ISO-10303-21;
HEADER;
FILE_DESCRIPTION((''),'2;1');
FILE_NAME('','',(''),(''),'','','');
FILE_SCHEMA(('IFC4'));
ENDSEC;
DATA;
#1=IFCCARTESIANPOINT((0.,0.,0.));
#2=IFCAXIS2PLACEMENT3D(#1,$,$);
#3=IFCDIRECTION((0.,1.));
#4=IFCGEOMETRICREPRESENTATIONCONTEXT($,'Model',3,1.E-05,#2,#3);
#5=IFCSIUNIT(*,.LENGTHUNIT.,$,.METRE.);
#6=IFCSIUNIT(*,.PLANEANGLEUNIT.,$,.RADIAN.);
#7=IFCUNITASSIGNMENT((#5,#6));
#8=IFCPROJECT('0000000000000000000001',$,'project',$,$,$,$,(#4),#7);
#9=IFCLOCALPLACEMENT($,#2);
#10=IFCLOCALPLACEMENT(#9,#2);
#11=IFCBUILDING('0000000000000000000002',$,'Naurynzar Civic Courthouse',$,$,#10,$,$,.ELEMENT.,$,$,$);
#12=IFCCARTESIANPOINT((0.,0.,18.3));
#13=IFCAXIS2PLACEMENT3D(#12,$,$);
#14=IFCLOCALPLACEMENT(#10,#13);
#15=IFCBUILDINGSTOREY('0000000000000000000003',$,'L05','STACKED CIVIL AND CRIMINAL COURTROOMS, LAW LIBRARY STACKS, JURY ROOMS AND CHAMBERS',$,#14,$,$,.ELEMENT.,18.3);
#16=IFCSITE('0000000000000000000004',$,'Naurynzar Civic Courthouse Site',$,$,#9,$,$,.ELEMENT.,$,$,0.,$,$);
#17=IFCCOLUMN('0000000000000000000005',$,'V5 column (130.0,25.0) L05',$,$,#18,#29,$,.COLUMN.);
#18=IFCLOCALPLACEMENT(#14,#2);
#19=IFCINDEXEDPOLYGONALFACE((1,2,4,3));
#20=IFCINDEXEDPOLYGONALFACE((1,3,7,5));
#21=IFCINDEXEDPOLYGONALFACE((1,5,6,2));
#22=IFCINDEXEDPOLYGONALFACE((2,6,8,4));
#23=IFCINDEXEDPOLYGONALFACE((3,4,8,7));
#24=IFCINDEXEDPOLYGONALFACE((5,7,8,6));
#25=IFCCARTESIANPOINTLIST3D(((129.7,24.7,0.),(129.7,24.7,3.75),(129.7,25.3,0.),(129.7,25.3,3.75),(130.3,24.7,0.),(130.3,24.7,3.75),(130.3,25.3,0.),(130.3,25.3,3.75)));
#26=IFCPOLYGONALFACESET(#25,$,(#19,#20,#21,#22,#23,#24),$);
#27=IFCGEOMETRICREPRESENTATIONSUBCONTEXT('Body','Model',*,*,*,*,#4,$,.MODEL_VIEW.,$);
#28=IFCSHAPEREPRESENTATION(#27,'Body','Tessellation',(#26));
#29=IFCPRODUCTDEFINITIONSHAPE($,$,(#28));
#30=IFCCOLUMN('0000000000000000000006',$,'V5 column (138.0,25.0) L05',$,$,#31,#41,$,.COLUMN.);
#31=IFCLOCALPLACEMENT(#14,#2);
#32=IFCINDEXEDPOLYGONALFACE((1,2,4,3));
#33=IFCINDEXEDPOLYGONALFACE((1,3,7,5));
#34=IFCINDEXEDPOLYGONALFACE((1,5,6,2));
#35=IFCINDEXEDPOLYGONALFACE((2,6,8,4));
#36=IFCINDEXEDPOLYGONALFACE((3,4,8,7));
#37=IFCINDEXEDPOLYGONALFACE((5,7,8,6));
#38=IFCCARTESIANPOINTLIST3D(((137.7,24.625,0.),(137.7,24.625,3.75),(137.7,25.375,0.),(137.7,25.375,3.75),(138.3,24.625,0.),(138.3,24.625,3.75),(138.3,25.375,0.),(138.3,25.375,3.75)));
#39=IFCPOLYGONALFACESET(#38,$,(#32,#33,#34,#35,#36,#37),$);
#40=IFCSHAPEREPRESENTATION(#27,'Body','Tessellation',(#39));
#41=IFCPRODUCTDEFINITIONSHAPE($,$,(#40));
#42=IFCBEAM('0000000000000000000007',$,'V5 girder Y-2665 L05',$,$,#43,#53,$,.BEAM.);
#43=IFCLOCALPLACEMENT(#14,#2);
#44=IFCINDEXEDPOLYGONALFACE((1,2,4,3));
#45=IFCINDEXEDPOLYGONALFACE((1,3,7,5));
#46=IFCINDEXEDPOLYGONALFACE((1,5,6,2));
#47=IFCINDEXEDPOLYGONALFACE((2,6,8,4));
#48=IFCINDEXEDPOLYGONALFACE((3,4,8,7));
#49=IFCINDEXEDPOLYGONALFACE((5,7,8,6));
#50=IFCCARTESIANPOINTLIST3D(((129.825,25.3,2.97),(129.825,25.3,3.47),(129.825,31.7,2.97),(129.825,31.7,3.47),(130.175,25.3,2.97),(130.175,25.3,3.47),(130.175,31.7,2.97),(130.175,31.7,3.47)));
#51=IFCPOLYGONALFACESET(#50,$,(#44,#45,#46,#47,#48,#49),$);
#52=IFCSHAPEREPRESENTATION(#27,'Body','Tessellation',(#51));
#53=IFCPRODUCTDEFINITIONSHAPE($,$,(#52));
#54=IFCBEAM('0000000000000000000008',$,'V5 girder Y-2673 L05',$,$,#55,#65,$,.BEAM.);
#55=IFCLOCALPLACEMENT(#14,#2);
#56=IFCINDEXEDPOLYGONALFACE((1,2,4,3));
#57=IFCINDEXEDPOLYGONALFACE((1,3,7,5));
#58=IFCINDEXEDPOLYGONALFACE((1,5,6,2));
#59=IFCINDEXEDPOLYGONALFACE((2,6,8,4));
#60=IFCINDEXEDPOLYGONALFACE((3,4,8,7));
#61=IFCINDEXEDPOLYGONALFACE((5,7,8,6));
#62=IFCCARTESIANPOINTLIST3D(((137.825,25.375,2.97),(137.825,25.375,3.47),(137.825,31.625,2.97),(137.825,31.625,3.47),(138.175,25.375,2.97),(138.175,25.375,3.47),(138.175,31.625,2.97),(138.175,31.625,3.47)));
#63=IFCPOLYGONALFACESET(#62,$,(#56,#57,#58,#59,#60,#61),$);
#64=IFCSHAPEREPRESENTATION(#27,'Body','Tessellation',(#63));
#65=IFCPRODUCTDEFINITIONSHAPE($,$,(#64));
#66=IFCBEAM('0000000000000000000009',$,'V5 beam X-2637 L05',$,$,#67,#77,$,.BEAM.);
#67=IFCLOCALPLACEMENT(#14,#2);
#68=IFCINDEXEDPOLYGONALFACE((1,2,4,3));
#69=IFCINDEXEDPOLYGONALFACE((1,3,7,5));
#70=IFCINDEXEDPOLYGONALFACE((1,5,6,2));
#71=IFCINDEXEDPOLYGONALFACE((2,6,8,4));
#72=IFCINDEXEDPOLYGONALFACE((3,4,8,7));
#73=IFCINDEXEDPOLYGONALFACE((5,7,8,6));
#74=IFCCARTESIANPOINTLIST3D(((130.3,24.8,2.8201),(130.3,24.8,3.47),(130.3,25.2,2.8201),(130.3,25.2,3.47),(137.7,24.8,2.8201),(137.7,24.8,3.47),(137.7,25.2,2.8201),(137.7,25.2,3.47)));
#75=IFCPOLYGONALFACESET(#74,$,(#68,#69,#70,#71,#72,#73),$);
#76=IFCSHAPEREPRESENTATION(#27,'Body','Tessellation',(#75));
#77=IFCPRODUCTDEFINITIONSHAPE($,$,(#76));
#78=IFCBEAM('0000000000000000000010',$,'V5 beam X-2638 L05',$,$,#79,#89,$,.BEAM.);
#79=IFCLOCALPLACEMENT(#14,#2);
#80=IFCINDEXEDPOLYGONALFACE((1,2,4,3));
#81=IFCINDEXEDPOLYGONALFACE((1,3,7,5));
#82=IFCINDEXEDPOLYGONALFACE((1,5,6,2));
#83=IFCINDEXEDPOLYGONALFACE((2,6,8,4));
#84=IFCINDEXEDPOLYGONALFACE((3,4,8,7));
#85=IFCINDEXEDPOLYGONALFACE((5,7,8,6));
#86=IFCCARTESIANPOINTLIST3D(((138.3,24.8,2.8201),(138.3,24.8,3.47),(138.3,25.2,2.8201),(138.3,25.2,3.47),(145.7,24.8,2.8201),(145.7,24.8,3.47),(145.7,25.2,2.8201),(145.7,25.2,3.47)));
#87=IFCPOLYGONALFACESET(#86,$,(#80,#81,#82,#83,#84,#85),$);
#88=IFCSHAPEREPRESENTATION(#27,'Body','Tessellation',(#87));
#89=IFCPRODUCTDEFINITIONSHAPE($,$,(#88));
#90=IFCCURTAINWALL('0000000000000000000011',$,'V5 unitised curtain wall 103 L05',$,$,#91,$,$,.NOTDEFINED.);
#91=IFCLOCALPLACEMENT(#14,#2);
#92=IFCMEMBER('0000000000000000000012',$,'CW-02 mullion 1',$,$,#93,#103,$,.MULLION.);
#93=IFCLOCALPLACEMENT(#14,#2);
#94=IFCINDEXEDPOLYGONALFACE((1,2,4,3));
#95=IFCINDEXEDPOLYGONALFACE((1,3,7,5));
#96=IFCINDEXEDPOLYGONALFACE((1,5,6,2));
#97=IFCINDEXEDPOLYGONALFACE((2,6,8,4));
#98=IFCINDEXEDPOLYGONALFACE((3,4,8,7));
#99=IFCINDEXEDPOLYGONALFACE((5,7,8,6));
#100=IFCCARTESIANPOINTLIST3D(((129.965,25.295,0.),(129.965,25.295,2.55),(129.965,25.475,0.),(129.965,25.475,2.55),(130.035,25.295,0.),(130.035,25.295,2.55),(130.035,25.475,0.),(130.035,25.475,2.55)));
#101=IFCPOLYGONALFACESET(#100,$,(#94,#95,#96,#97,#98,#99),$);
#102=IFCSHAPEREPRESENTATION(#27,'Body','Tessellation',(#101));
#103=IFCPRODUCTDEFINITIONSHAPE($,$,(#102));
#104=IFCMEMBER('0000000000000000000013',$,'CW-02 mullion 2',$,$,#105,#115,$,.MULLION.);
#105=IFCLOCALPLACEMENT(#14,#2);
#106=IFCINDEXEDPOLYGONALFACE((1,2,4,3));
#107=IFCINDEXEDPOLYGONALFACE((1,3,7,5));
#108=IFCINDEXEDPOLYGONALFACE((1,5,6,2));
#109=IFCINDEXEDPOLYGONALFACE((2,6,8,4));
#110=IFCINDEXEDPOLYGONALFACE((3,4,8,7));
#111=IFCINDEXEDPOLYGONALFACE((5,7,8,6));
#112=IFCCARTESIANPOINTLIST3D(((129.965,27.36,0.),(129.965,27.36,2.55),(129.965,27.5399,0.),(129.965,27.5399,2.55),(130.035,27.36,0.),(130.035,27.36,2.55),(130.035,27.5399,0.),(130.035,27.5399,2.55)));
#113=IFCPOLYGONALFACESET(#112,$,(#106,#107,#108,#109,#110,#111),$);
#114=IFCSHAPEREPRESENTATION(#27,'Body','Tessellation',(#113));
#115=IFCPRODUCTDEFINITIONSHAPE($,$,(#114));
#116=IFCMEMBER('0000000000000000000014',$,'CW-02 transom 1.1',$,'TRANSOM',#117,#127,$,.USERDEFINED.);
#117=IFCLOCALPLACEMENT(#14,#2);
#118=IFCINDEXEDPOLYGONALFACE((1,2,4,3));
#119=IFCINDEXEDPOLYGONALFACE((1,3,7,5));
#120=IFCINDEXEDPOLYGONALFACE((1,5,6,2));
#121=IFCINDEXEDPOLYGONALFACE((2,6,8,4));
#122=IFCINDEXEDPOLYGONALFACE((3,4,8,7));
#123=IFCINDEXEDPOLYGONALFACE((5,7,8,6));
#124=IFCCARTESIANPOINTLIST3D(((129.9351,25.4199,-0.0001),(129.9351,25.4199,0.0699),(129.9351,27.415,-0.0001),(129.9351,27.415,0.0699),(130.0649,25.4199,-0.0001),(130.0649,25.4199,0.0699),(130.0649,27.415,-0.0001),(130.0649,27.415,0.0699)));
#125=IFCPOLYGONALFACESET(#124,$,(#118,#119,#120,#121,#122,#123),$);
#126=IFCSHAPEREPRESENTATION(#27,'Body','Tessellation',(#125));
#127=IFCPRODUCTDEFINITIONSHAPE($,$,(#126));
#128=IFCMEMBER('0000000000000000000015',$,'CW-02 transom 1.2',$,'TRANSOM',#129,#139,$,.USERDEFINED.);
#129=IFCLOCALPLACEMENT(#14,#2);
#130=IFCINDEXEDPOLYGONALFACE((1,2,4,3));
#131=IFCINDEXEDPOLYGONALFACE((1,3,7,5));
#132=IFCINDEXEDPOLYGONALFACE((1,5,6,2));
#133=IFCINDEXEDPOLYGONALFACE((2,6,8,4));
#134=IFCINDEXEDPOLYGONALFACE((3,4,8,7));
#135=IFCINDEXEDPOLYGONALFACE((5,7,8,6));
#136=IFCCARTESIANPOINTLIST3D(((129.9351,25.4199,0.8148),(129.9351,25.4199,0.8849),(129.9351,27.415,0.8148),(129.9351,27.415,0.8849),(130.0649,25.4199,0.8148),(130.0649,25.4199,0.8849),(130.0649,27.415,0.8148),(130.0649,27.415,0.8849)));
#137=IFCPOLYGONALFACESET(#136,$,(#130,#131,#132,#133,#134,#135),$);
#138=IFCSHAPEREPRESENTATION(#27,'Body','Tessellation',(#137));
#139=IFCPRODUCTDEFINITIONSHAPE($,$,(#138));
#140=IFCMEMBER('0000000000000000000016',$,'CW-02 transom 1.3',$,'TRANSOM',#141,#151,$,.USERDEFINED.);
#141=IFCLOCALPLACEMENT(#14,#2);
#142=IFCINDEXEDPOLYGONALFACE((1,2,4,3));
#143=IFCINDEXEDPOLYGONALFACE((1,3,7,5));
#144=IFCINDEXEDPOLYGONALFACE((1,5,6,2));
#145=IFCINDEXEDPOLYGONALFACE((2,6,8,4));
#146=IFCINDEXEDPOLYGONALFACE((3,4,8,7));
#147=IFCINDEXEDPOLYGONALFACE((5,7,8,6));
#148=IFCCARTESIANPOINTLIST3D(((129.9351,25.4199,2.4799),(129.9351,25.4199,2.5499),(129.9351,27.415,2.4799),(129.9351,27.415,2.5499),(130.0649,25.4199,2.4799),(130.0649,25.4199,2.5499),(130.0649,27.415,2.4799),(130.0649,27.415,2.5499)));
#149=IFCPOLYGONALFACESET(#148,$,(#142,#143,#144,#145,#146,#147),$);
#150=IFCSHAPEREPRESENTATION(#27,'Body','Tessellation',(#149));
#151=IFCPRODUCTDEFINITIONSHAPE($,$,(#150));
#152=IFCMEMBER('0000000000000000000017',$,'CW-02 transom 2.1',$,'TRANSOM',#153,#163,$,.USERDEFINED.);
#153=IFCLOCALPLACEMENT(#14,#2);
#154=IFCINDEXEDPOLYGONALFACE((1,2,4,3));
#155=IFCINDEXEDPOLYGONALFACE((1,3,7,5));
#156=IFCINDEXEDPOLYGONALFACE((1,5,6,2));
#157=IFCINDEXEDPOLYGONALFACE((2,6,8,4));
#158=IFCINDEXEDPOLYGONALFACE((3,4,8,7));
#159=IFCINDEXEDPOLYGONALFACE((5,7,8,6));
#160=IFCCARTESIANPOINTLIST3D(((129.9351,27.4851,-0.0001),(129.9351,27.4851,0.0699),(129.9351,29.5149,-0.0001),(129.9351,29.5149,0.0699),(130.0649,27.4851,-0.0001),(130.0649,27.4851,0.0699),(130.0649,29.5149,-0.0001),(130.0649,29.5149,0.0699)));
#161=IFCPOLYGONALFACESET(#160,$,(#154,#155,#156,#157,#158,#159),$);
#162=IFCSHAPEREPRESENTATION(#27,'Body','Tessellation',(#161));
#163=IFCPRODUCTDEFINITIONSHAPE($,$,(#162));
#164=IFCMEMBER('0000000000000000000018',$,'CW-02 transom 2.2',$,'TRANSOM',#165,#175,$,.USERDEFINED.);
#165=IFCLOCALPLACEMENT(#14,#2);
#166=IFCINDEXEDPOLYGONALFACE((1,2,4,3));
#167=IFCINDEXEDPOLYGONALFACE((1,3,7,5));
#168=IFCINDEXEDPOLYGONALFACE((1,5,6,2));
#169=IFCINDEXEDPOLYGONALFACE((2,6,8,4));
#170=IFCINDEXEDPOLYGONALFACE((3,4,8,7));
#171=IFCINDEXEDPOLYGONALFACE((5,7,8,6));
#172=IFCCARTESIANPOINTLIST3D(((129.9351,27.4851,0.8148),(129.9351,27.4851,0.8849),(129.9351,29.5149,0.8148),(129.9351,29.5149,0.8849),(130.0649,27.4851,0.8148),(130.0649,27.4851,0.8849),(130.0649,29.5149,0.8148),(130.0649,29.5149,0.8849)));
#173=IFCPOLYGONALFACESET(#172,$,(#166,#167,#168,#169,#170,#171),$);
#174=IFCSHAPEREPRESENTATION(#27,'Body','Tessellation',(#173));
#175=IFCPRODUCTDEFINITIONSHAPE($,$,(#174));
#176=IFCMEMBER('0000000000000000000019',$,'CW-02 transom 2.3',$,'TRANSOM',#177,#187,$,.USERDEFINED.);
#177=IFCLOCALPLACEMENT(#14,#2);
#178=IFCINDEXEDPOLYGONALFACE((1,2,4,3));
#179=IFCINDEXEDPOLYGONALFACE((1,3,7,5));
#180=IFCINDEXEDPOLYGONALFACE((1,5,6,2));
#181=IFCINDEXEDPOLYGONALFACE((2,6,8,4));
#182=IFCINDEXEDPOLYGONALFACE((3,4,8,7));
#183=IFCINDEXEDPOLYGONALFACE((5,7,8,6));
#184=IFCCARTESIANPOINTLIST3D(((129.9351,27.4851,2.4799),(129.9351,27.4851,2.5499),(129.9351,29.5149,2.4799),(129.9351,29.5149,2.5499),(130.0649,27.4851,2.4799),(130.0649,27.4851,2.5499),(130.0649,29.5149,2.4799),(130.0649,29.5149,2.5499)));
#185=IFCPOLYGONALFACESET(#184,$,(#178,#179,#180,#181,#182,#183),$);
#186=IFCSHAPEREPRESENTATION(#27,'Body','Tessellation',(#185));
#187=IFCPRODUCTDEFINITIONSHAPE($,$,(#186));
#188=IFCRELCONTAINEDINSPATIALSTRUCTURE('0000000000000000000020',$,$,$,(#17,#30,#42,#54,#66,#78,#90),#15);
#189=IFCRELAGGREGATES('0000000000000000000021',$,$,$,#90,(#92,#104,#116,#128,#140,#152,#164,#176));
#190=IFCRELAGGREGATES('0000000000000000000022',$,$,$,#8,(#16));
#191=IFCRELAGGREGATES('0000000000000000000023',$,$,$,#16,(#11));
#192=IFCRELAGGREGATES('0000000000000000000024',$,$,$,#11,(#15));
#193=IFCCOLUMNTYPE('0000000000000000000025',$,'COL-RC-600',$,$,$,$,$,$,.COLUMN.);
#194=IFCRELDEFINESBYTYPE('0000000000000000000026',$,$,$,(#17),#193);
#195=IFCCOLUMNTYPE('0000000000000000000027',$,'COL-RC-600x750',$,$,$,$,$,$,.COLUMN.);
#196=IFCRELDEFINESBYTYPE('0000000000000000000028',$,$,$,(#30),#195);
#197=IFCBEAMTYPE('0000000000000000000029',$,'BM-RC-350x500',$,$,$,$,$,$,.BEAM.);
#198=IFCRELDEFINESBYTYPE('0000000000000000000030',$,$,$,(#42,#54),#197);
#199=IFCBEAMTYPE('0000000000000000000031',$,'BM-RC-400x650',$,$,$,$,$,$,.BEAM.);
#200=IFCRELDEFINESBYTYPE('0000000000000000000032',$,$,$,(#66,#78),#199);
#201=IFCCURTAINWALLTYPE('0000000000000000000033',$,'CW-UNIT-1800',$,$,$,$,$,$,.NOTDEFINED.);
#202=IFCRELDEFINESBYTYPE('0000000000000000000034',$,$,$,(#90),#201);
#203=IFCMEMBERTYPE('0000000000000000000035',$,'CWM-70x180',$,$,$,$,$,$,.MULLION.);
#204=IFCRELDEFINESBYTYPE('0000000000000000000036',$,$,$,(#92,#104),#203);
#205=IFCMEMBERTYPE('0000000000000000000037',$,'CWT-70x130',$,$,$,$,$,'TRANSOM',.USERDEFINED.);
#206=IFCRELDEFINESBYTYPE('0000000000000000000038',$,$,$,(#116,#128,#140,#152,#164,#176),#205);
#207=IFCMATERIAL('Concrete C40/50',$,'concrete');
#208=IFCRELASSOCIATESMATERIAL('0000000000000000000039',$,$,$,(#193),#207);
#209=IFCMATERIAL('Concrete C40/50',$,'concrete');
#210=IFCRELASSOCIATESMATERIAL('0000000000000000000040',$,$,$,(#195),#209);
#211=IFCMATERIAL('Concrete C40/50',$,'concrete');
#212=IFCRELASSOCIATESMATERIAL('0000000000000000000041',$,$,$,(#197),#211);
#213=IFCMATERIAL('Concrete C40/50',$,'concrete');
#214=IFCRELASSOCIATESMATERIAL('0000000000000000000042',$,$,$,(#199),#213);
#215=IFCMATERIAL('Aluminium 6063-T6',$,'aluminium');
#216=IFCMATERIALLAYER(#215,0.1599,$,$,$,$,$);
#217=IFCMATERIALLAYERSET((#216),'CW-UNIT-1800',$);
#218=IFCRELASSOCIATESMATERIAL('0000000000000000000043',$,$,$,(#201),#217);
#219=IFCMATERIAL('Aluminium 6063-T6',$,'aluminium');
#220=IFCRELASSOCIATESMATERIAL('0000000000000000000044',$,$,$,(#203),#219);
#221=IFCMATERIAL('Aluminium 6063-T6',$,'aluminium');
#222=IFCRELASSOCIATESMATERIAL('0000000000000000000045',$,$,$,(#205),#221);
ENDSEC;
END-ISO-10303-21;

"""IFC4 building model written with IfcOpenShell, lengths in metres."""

from ifc_helpers import new_model, si_unit, direction, frame, origin, origin_2d, place, context, subcontext, project, spatial, rectangle, extrude, material, layer, layer_set, material_profile, profile_set, type_object, element, aggregate, save


model = new_model("IFC4")

# Units and contexts
model_context = context("Model", 3, precision=1e-05, world=origin(), true_north=direction((0.0, 1.0)))
body_context = subcontext(model_context, "Body", "Model", "MODEL_VIEW")
ifc_project = project(units=[si_unit("LENGTHUNIT", "METRE"), si_unit("PLANEANGLEUNIT", "RADIAN")], contexts=[model_context])

# Site, building, storey
site_placement = place(None, origin())
site = spatial("IfcSite", under=ifc_project, at=site_placement, Name="Naurynzar Civic Courthouse Site", CompositionType="ELEMENT", RefElevation=0.0)
building_placement = place(site_placement, origin())
building = spatial("IfcBuilding", under=site, at=building_placement, Name="Naurynzar Civic Courthouse", CompositionType="ELEMENT")
storey_placement = place(building_placement, frame((0.0, 0.0, 18.3)))
storey = spatial("IfcBuildingStorey", under=building, at=storey_placement, Name="L05", Description="STACKED CIVIL AND CRIMINAL COURTROOMS, LAW LIBRARY STACKS, JURY ROOMS AND CHAMBERS", CompositionType="ELEMENT", Elevation=18.3)

# Columns
ifc_material_1 = material(Name="Concrete C40/50", Category="concrete")
ifc_material_profile_1 = material_profile(ifc_material_1, rectangle(XDim=0.6001, YDim=0.6001, at=origin_2d()), Name="RC 600x600")
ifc_profile_set_1 = profile_set([ifc_material_profile_1], Name="Concrete C40/50")
column_type_1 = type_object("IfcColumnType", Name="COL-RC-600", PredefinedType="COLUMN", material=ifc_profile_set_1)
column_1_placement = place(storey_placement, frame((130.0, 25.0, 0.0), z_axis=(0.0, 0.0, 1.0), x_axis=(1.0, 0.0, 0.0)))
element("IfcColumn", 1, at=column_1_placement, inside=storey, type_object=column_type_1, Name="V5 column (130.0,25.0) L05", PredefinedType="COLUMN", context=body_context, shape_type="SweptSolid", body=[
    extrude(rectangle(XDim=0.6001, YDim=0.6001, at=origin_2d()), origin(), (0.0, 0.0, 1.0), 3.75),
])
ifc_material_2 = material(Name="Concrete C40/50", Category="concrete")
ifc_material_profile_2 = material_profile(ifc_material_2, rectangle(XDim=0.6001, YDim=0.75, at=origin_2d()), Name="RC 600x750")
ifc_profile_set_2 = profile_set([ifc_material_profile_2], Name="Concrete C40/50")
column_type_2 = type_object("IfcColumnType", Name="COL-RC-600x750", PredefinedType="COLUMN", material=ifc_profile_set_2)
column_2_placement = place(storey_placement, frame((138.0, 25.0, 0.0), z_axis=(0.0, 0.0, 1.0), x_axis=(1.0, 0.0, 0.0)))
element("IfcColumn", 2, at=column_2_placement, inside=storey, type_object=column_type_2, Name="V5 column (138.0,25.0) L05", PredefinedType="COLUMN", context=body_context, shape_type="SweptSolid", body=[
    extrude(rectangle(XDim=0.6001, YDim=0.75, at=origin_2d()), origin(), (0.0, 0.0, 1.0), 3.75),
])

# Beams
ifc_material_3 = material(Name="Concrete C40/50", Category="concrete")
ifc_material_profile_3 = material_profile(ifc_material_3, rectangle(XDim=0.3501, YDim=0.5, at=origin_2d()), Name="RCB 350x500")
ifc_profile_set_3 = profile_set([ifc_material_profile_3], Name="Concrete C40/50")
beam_type_1 = type_object("IfcBeamType", Name="BM-RC-350x500", PredefinedType="BEAM", material=ifc_profile_set_3)
beam_1_placement = place(storey_placement, frame((130.0, 25.3, 3.22), z_axis=(0.0, 1.0, 0.0), x_axis=(-1.0, 0.0, 0.0)))
element("IfcBeam", 3, at=beam_1_placement, inside=storey, type_object=beam_type_1, Name="V5 girder Y-2665 L05", PredefinedType="BEAM", context=body_context, shape_type="SweptSolid", body=[
    extrude(rectangle(XDim=0.3501, YDim=0.5, at=origin_2d()), origin(), (0.0, 0.0, 1.0), 6.3999),
])
beam_2_placement = place(storey_placement, frame((138.0, 25.375, 3.22), z_axis=(0.0, 1.0, 0.0), x_axis=(-1.0, 0.0, 0.0)))
element("IfcBeam", 4, at=beam_2_placement, inside=storey, type_object=beam_type_1, Name="V5 girder Y-2673 L05", PredefinedType="BEAM", context=body_context, shape_type="SweptSolid", body=[
    extrude(rectangle(XDim=0.3501, YDim=0.5, at=origin_2d()), origin(), (0.0, 0.0, 1.0), 6.25),
])
ifc_material_4 = material(Name="Concrete C40/50", Category="concrete")
ifc_material_profile_4 = material_profile(ifc_material_4, rectangle(XDim=0.3999, YDim=0.6499, at=origin_2d()), Name="RCB 400x650")
ifc_profile_set_4 = profile_set([ifc_material_profile_4], Name="Concrete C40/50")
beam_type_2 = type_object("IfcBeamType", Name="BM-RC-400x650", PredefinedType="BEAM", material=ifc_profile_set_4)
for number, where, z_axis, x_axis, name in (
    (5, (130.3, 25.0, 3.145), (1.0, 0.0, 0.0), (0.0, 1.0, 0.0), "V5 beam X-2637 L05"),
    (6, (138.3, 25.0, 3.145), (1.0, 0.0, 0.0), (0.0, 1.0, 0.0), "V5 beam X-2638 L05"),
):
    element("IfcBeam", number, at=place(storey_placement, frame(where, z_axis=z_axis, x_axis=x_axis)), inside=storey, type_object=beam_type_2, Name=name, PredefinedType="BEAM", context=body_context, shape_type="SweptSolid", body=[
        extrude(rectangle(XDim=0.3999, YDim=0.6499, at=origin_2d()), origin(), (0.0, 0.0, 1.0), 7.3999),
    ])

# Curtain wall, members
ifc_material_5 = material(Name="Aluminium 6063-T6", Category="aluminium")
ifc_layer_1 = layer(ifc_material_5, 0.1599)
ifc_layer_set_1 = layer_set([ifc_layer_1], Name="CW-UNIT-1800")
curtain_wall_type = type_object("IfcCurtainWallType", Name="CW-UNIT-1800", PredefinedType="NOTDEFINED", material=ifc_layer_set_1)
curtain_wall_placement = place(storey_placement, origin())
curtain_wall = element("IfcCurtainWall", 7, at=curtain_wall_placement, inside=storey, type_object=curtain_wall_type, Name="V5 unitised curtain wall 103 L05", PredefinedType="NOTDEFINED")
ifc_material_6 = material(Name="Aluminium 6063-T6", Category="aluminium")
ifc_material_profile_5 = material_profile(ifc_material_6, rectangle(XDim=0.0701, YDim=0.1799, at=origin_2d()), Name="ALU MULLION 70x180")
ifc_profile_set_5 = profile_set([ifc_material_profile_5], Name="Aluminium 6063-T6")
member_type_1 = type_object("IfcMemberType", Name="CWM-70x180", PredefinedType="MULLION", material=ifc_profile_set_5)
member_1_placement = place(storey_placement, frame((130.0, 25.385, 0.0), z_axis=(0.0, 0.0, 1.0), x_axis=(-1.0, 0.0, 0.0)))
member_1 = element("IfcMember", 8, at=member_1_placement, type_object=member_type_1, Name="CW-02 mullion 1", PredefinedType="MULLION", context=body_context, shape_type="SweptSolid", body=[
    extrude(rectangle(XDim=0.0701, YDim=0.1799, at=origin_2d()), origin(), (0.0, 0.0, 1.0), 2.55),
])
member_2_placement = place(storey_placement, frame((130.0, 27.45, 0.0), z_axis=(0.0, 0.0, 1.0), x_axis=(-1.0, 0.0, 0.0)))
member_2 = element("IfcMember", 9, at=member_2_placement, type_object=member_type_1, Name="CW-02 mullion 2", PredefinedType="MULLION", context=body_context, shape_type="SweptSolid", body=[
    extrude(rectangle(XDim=0.0701, YDim=0.1799, at=origin_2d()), origin(), (0.0, 0.0, 1.0), 2.55),
])
ifc_material_7 = material(Name="Aluminium 6063-T6", Category="aluminium")
ifc_material_profile_6 = material_profile(ifc_material_7, rectangle(XDim=0.1299, YDim=0.0701, at=origin_2d()), Name="ALU TRANSOM 70x130")
ifc_profile_set_6 = profile_set([ifc_material_profile_6], Name="Aluminium 6063-T6")
member_type_2 = type_object("IfcMemberType", Name="CWT-70x130", ElementType="TRANSOM", PredefinedType="USERDEFINED", material=ifc_profile_set_6)
member_3_placement = place(storey_placement, frame((130.0, 25.4199, 0.0349), z_axis=(0.0, 1.0, 0.0), x_axis=(-1.0, 0.0, 0.0)))
member_3 = element("IfcMember", 10, at=member_3_placement, type_object=member_type_2, Name="CW-02 transom 1.1", ObjectType="TRANSOM", PredefinedType="USERDEFINED", context=body_context, shape_type="SweptSolid", body=[
    extrude(rectangle(XDim=0.1299, YDim=0.0701, at=origin_2d()), origin(), (0.0, 0.0, 1.0), 1.9951),
])
member_4_placement = place(storey_placement, frame((130.0, 25.4199, 0.8499), z_axis=(0.0, 1.0, 0.0), x_axis=(-1.0, 0.0, 0.0)))
member_4 = element("IfcMember", 11, at=member_4_placement, type_object=member_type_2, Name="CW-02 transom 1.2", ObjectType="TRANSOM", PredefinedType="USERDEFINED", context=body_context, shape_type="SweptSolid", body=[
    extrude(rectangle(XDim=0.1299, YDim=0.0701, at=origin_2d()), origin(), (0.0, 0.0, 1.0), 1.9951),
])
member_5_placement = place(storey_placement, frame((130.0, 25.4199, 2.5149), z_axis=(0.0, 1.0, 0.0), x_axis=(-1.0, 0.0, 0.0)))
member_5 = element("IfcMember", 12, at=member_5_placement, type_object=member_type_2, Name="CW-02 transom 1.3", ObjectType="TRANSOM", PredefinedType="USERDEFINED", context=body_context, shape_type="SweptSolid", body=[
    extrude(rectangle(XDim=0.1299, YDim=0.0701, at=origin_2d()), origin(), (0.0, 0.0, 1.0), 1.9951),
])
member_6_placement = place(storey_placement, frame((130.0, 27.4851, 0.0349), z_axis=(0.0, 1.0, 0.0), x_axis=(-1.0, 0.0, 0.0)))
member_6 = element("IfcMember", 13, at=member_6_placement, type_object=member_type_2, Name="CW-02 transom 2.1", ObjectType="TRANSOM", PredefinedType="USERDEFINED", context=body_context, shape_type="SweptSolid", body=[
    extrude(rectangle(XDim=0.1299, YDim=0.0701, at=origin_2d()), origin(), (0.0, 0.0, 1.0), 2.0298),
])
member_7_placement = place(storey_placement, frame((130.0, 27.4851, 0.8499), z_axis=(0.0, 1.0, 0.0), x_axis=(-1.0, 0.0, 0.0)))
member_7 = element("IfcMember", 14, at=member_7_placement, type_object=member_type_2, Name="CW-02 transom 2.2", ObjectType="TRANSOM", PredefinedType="USERDEFINED", context=body_context, shape_type="SweptSolid", body=[
    extrude(rectangle(XDim=0.1299, YDim=0.0701, at=origin_2d()), origin(), (0.0, 0.0, 1.0), 2.0298),
])
member_8_placement = place(storey_placement, frame((130.0, 27.4851, 2.5149), z_axis=(0.0, 1.0, 0.0), x_axis=(-1.0, 0.0, 0.0)))
member_8 = element("IfcMember", 15, at=member_8_placement, type_object=member_type_2, Name="CW-02 transom 2.3", ObjectType="TRANSOM", PredefinedType="USERDEFINED", context=body_context, shape_type="SweptSolid", body=[
    extrude(rectangle(XDim=0.1299, YDim=0.0701, at=origin_2d()), origin(), (0.0, 0.0, 1.0), 2.0298),
])
aggregate(curtain_wall, [member_1, member_2, member_3, member_4, member_5, member_6, member_7, member_8])

save(model, "model.ifc")
